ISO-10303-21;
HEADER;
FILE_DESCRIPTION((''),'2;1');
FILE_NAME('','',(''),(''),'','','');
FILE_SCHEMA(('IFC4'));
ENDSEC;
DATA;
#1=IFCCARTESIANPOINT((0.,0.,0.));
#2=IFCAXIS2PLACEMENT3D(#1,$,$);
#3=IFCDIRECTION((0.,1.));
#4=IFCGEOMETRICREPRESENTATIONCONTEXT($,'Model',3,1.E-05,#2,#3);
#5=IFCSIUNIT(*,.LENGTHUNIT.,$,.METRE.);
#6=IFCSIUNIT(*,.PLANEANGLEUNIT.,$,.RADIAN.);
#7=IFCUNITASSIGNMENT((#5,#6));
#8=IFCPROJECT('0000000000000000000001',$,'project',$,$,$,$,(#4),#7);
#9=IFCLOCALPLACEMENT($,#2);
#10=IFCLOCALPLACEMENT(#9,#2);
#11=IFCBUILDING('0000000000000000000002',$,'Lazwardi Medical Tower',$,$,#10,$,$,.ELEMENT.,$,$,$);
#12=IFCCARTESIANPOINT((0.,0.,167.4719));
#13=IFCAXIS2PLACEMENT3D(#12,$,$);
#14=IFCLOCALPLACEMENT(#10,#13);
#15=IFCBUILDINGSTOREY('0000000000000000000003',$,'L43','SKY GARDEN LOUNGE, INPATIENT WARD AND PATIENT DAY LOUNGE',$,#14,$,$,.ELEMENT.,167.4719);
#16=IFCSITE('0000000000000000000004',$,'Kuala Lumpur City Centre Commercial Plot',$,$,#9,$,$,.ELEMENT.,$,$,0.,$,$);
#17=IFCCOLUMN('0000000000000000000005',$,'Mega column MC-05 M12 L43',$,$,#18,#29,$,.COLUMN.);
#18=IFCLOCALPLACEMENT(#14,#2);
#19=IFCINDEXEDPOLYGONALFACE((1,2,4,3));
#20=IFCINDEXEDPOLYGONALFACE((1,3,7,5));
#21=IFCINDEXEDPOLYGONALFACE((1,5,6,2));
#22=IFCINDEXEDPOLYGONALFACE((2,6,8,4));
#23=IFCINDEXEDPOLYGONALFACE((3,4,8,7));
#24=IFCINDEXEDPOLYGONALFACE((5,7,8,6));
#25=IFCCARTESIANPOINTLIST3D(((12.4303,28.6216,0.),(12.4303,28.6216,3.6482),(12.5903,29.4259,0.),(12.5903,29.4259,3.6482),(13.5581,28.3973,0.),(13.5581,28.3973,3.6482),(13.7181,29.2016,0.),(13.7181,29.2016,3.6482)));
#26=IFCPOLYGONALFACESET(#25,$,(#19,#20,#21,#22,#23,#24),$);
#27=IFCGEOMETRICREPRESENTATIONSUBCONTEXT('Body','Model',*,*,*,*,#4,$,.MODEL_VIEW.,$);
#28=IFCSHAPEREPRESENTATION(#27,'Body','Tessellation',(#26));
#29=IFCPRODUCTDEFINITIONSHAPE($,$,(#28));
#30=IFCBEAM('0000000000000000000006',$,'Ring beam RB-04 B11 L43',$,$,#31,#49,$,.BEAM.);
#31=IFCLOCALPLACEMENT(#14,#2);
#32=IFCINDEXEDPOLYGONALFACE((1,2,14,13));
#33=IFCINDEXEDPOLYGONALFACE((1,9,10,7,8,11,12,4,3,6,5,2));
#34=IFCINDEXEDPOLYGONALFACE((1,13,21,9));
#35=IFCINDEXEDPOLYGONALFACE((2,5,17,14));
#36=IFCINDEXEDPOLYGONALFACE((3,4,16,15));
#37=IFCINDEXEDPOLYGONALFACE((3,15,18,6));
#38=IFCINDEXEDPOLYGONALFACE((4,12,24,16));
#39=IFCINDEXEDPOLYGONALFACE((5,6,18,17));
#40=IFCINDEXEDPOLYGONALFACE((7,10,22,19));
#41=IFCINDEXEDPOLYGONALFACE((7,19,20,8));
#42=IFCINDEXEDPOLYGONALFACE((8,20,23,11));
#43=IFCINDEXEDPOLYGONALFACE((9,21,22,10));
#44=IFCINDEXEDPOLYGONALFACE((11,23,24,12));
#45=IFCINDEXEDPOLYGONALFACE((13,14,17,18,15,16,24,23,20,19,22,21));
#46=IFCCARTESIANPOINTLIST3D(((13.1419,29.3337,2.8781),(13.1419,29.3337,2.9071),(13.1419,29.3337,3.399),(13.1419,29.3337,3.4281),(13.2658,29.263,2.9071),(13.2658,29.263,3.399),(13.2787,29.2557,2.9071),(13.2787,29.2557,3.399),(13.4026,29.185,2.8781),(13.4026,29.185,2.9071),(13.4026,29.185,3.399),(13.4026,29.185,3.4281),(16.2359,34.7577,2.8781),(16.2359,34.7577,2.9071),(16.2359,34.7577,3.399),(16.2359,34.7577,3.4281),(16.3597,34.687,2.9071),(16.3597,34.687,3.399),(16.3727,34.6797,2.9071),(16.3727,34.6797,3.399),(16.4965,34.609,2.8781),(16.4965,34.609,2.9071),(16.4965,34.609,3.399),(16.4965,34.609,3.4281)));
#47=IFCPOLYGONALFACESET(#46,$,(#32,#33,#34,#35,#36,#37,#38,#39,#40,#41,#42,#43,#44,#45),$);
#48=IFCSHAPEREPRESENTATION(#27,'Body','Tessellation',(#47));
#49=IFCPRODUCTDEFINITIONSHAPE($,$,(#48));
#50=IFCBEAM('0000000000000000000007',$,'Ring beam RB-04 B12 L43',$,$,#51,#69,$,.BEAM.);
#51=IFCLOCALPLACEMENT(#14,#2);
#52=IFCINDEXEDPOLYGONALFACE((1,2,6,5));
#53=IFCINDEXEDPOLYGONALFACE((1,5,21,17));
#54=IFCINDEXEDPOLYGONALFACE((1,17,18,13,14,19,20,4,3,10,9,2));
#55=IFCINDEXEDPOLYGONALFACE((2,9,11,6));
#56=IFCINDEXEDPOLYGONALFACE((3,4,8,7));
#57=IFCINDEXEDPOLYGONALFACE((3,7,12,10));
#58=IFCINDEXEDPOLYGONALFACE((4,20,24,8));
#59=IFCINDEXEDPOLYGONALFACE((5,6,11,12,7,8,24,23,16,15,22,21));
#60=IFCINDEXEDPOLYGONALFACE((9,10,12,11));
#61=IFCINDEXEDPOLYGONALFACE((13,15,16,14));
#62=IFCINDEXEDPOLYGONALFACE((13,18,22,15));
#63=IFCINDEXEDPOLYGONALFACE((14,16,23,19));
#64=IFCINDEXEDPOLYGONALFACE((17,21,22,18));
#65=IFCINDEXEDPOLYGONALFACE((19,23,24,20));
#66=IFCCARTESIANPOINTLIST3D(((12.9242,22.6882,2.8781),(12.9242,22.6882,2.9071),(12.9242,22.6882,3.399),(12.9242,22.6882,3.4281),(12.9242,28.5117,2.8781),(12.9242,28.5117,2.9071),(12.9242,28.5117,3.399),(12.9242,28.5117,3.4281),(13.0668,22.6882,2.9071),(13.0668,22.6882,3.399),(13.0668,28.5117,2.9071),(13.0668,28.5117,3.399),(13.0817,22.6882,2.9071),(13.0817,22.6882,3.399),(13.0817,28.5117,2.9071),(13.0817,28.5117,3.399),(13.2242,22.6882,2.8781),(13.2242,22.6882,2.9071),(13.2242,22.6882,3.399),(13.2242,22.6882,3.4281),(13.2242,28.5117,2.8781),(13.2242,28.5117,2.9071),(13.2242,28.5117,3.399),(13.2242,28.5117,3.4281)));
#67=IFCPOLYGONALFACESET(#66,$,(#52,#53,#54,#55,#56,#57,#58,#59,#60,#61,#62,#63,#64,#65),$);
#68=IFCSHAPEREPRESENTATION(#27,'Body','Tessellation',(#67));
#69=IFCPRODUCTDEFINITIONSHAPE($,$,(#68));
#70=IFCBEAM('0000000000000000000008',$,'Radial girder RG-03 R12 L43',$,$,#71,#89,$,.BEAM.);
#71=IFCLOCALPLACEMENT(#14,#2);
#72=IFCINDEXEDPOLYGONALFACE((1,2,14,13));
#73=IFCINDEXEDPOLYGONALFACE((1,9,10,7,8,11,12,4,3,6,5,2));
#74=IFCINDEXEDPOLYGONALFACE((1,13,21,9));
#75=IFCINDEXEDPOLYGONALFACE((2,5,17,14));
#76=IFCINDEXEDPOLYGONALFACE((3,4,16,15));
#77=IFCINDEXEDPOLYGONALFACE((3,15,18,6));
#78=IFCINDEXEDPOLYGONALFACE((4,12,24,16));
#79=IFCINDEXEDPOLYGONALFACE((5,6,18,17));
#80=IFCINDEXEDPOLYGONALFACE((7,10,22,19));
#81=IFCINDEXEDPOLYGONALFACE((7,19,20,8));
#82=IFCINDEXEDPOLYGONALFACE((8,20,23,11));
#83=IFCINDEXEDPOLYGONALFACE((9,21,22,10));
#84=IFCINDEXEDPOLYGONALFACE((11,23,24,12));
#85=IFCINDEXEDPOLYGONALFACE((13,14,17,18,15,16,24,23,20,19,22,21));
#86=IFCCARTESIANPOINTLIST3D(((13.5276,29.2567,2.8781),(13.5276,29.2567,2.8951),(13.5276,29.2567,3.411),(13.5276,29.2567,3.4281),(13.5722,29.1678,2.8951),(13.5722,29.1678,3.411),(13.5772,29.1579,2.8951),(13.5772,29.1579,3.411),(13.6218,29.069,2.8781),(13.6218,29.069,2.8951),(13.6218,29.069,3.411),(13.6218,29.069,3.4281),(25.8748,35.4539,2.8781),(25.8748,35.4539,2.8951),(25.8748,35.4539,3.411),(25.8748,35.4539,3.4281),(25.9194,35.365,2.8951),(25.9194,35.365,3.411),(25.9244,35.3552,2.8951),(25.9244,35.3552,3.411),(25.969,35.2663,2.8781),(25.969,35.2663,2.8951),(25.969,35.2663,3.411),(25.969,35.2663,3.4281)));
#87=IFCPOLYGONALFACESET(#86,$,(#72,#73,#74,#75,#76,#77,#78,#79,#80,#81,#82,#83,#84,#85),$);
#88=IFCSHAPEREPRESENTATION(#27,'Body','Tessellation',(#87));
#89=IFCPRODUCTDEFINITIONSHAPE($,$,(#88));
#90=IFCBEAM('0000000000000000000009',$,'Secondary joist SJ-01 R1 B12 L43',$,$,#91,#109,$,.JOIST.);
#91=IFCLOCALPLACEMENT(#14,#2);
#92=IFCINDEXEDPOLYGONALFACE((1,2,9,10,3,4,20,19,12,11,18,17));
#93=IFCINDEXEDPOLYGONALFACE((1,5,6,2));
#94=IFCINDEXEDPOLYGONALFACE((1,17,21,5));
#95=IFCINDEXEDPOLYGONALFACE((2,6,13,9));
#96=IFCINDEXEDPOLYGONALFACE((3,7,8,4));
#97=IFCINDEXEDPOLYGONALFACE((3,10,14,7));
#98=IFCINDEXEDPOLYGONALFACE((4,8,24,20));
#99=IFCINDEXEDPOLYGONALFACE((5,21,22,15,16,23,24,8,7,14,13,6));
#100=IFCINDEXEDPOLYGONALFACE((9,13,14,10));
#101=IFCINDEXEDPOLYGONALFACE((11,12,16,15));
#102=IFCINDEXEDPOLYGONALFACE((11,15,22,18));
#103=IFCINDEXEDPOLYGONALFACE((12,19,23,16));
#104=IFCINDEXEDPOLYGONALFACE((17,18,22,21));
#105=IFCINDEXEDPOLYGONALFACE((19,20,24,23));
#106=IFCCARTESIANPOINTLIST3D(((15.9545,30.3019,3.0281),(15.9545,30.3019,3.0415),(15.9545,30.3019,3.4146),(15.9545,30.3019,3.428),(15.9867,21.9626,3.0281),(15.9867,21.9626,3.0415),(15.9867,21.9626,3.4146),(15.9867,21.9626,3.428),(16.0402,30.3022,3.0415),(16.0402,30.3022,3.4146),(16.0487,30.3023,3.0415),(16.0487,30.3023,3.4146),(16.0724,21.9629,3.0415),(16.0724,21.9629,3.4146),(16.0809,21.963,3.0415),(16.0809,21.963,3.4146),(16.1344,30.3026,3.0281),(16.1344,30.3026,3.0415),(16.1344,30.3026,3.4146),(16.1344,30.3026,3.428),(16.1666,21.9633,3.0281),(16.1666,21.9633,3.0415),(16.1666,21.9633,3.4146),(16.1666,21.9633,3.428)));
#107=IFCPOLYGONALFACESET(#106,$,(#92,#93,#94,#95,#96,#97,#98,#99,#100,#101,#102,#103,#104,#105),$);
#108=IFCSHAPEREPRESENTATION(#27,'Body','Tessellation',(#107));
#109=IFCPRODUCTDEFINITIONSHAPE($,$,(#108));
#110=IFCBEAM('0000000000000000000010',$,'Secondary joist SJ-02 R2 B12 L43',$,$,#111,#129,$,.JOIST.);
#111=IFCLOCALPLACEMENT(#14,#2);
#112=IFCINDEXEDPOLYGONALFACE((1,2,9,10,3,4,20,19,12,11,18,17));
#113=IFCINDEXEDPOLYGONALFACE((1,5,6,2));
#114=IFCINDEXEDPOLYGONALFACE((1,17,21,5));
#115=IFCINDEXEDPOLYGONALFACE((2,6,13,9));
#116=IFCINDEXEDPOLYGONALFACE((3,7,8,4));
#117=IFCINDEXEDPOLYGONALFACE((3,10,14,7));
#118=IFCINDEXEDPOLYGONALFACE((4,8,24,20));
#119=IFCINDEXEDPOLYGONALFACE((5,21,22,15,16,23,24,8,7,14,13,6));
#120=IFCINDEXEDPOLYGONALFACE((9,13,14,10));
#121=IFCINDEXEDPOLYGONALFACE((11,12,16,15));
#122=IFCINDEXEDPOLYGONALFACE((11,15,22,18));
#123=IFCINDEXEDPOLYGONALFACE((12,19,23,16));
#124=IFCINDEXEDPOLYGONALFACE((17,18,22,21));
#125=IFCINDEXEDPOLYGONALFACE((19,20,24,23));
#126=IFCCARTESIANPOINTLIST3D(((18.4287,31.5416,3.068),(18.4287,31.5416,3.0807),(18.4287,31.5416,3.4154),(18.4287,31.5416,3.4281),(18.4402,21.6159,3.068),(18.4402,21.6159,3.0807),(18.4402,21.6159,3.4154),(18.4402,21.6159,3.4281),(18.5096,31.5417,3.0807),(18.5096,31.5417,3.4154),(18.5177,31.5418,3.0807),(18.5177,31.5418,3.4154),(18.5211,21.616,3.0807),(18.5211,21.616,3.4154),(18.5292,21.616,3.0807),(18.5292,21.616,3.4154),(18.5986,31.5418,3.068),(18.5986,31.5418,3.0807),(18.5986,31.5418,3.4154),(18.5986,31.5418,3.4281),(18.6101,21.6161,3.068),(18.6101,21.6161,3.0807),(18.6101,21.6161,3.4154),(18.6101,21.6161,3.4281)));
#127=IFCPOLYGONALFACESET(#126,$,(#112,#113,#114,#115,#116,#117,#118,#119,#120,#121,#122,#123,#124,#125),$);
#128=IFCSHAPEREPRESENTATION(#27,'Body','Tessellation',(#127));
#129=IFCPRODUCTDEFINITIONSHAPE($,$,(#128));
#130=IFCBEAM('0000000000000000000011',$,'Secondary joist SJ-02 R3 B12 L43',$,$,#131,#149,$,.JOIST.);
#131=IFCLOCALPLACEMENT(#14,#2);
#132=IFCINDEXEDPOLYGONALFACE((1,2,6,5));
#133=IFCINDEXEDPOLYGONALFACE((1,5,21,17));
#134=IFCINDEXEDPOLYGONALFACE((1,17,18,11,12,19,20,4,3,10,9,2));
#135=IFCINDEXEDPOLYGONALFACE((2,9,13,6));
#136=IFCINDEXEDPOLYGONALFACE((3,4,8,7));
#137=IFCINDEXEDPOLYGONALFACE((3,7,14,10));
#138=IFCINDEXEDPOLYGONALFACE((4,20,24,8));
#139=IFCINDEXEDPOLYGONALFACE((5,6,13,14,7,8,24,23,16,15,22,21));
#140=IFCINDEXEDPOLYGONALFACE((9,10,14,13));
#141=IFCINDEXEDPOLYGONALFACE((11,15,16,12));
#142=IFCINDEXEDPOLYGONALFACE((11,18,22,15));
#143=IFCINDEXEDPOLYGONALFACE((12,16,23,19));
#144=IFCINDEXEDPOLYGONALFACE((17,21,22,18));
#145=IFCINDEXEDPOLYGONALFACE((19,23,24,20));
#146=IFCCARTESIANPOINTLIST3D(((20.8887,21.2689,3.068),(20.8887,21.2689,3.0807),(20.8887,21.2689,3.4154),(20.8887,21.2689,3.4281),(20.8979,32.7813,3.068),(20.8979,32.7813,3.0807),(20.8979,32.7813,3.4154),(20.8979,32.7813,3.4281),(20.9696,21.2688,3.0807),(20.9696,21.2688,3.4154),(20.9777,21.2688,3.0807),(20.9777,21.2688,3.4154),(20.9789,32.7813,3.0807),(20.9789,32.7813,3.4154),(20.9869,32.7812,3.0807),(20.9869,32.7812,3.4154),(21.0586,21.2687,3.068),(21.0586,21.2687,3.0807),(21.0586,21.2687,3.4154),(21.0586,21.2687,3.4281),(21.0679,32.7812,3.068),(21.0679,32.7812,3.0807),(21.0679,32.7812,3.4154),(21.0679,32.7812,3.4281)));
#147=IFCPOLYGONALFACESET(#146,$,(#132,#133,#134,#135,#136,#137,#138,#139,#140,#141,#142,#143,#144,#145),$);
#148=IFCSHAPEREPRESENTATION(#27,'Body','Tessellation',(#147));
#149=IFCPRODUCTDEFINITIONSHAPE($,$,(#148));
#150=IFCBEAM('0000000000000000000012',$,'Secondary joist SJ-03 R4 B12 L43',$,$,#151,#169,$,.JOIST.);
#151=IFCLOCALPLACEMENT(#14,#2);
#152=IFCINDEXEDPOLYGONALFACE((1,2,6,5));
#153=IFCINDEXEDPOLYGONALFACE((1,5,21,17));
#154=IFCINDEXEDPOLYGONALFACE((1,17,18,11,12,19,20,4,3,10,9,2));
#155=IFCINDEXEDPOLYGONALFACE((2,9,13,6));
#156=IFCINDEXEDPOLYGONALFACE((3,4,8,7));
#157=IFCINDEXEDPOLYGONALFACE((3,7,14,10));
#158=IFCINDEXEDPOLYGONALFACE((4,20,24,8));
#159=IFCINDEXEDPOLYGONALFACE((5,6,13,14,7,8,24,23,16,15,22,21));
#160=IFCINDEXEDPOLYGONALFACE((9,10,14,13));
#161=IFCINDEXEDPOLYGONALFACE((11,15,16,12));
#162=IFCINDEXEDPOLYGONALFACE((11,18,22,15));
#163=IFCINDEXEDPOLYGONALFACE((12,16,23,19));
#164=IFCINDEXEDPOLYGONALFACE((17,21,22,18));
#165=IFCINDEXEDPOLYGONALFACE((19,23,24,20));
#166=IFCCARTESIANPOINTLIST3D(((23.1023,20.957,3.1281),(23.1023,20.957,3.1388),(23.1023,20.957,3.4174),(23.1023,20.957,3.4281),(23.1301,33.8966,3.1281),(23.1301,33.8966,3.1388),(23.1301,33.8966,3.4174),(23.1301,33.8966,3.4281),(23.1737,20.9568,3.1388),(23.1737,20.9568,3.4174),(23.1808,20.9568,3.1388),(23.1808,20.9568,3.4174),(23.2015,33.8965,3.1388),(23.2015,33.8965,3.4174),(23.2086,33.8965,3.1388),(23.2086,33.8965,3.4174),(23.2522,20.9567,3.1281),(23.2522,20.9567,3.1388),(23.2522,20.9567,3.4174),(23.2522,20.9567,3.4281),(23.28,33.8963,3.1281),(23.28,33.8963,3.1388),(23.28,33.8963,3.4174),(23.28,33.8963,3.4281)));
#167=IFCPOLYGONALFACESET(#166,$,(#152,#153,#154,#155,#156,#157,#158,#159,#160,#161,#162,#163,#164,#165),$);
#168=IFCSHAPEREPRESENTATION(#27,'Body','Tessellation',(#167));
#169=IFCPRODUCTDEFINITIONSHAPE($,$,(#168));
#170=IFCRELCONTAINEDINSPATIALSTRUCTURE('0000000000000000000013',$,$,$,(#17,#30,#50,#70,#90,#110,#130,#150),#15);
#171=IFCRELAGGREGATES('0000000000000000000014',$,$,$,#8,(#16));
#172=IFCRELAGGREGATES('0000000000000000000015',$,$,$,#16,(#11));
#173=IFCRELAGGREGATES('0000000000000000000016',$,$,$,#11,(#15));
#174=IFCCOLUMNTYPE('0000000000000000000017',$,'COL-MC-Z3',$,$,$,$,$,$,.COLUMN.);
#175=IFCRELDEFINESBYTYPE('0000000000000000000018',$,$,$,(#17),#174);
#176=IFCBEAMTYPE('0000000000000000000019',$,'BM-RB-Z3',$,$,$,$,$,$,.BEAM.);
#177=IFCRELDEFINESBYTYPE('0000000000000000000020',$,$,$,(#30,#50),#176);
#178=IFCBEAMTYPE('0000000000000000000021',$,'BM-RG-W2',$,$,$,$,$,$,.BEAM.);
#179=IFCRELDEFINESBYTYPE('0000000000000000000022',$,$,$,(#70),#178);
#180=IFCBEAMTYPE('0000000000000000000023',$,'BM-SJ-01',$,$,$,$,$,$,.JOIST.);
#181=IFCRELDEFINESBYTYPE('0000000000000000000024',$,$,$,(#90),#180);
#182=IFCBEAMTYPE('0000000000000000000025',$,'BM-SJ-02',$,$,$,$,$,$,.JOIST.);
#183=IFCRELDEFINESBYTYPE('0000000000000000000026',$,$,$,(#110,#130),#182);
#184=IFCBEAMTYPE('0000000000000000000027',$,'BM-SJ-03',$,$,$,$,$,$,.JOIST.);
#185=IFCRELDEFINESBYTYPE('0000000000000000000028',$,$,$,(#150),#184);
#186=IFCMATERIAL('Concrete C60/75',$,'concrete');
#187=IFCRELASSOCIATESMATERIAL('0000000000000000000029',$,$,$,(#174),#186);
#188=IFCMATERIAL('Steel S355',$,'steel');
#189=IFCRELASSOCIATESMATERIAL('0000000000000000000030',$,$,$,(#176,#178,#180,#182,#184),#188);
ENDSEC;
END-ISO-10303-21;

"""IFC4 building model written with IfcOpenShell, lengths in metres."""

from ifc_helpers import new_model, si_unit, direction, frame, origin, origin_2d, place, context, subcontext, project, spatial, rectangle, i_section, extrude, material, material_profile, profile_set, type_object, element, save


model = new_model("IFC4")

# Units and contexts
model_context = context("Model", 3, precision=1e-05, world=origin(), true_north=direction((0.0, 1.0)))
body_context = subcontext(model_context, "Body", "Model", "MODEL_VIEW")
ifc_project = project(units=[si_unit("LENGTHUNIT", "METRE"), si_unit("PLANEANGLEUNIT", "RADIAN")], contexts=[model_context])

# Site, building, storey
site_placement = place(None, origin())
site = spatial("IfcSite", under=ifc_project, at=site_placement, Name="Kuala Lumpur City Centre Commercial Plot", CompositionType="ELEMENT", RefElevation=0.0)
building_placement = place(site_placement, origin())
building = spatial("IfcBuilding", under=site, at=building_placement, Name="Lazwardi Medical Tower", CompositionType="ELEMENT")
storey_placement = place(building_placement, frame((0.0, 0.0, 167.4719)))
storey = spatial("IfcBuildingStorey", under=building, at=storey_placement, Name="L43", Description="SKY GARDEN LOUNGE, INPATIENT WARD AND PATIENT DAY LOUNGE", CompositionType="ELEMENT", Elevation=167.4719)

# Column
ifc_material_1 = material(Name="Concrete C60/75", Category="concrete")
ifc_material_profile_1 = material_profile(ifc_material_1, rectangle(XDim=1.1499, YDim=0.8201, at=origin_2d()), Name="CFT-RECT 1150x820")
ifc_profile_set_1 = profile_set([ifc_material_profile_1], Name="Concrete C60/75")
column_type = type_object("IfcColumnType", Name="COL-MC-Z3", PredefinedType="COLUMN", material=ifc_profile_set_1)
column_placement = place(storey_placement, frame((13.0742, 28.9116, 0.0), z_axis=(0.0, 0.0, 1.0), x_axis=(-0.980785, 0.19509, 0.0)))
element("IfcColumn", 1, at=column_placement, inside=storey, type_object=column_type, Name="Mega column MC-05 M12 L43", PredefinedType="COLUMN", context=body_context, shape_type="SweptSolid", body=[
    extrude(rectangle(XDim=1.1499, YDim=0.8201, at=origin_2d()), origin(), (0.0, 0.0, 1.0), 3.6482),
])

# Beams
ifc_material_2 = material(Name="Steel S355", Category="steel")
ifc_material_profile_2 = material_profile(ifc_material_2, i_section(OverallWidth=0.3, OverallDepth=0.55, WebThickness=0.0149, FlangeThickness=0.0291, at=origin_2d()), Name="HEB 550")
ifc_profile_set_2 = profile_set([ifc_material_profile_2], Name="Steel S355")
beam_type_1 = type_object("IfcBeamType", Name="BM-RB-Z3", PredefinedType="BEAM", material=ifc_profile_set_2)
beam_1_placement = place(storey_placement, frame((16.3662, 34.6833, 3.1531), z_axis=(-0.495478, -0.868621, 0.0), x_axis=(0.868621, -0.495478, 0.0)))
element("IfcBeam", 2, at=beam_1_placement, inside=storey, type_object=beam_type_1, Name="Ring beam RB-04 B11 L43", PredefinedType="BEAM", context=body_context, shape_type="SweptSolid", body=[
    extrude(i_section(OverallWidth=0.3, OverallDepth=0.55, WebThickness=0.0149, FlangeThickness=0.0291, at=origin_2d()), origin(), (0.0, 0.0, 1.0), 6.2444),
])
beam_2_placement = place(storey_placement, frame((13.0742, 28.5117, 3.1531), z_axis=(0.0, -1.0, 0.0), x_axis=(1.0, 0.0, 0.0)))
element("IfcBeam", 3, at=beam_2_placement, inside=storey, type_object=beam_type_1, Name="Ring beam RB-04 B12 L43", PredefinedType="BEAM", context=body_context, shape_type="SweptSolid", body=[
    extrude(i_section(OverallWidth=0.3, OverallDepth=0.55, WebThickness=0.0149, FlangeThickness=0.0291, at=origin_2d()), origin(), (0.0, 0.0, 1.0), 5.8235),
])
ifc_material_profile_3 = material_profile(ifc_material_2, i_section(OverallWidth=0.21, OverallDepth=0.55, WebThickness=0.011, FlangeThickness=0.0171, at=origin_2d()), Name="IPE 550")
ifc_profile_set_3 = profile_set([ifc_material_profile_3], Name="Steel S355")
beam_type_2 = type_object("IfcBeamType", Name="BM-RG-W2", PredefinedType="BEAM", material=ifc_profile_set_3)
beam_3_placement = place(storey_placement, frame((13.5747, 29.1628, 3.1531), z_axis=(0.89374, 0.448584, 0.0), x_axis=(-0.448584, 0.89374, 0.0)))
element("IfcBeam", 4, at=beam_3_placement, inside=storey, type_object=beam_type_2, Name="Radial girder RG-03 R12 L43", PredefinedType="BEAM", context=body_context, shape_type="SweptSolid", body=[
    extrude(i_section(OverallWidth=0.21, OverallDepth=0.55, WebThickness=0.011, FlangeThickness=0.0171, at=origin_2d()), origin(), (0.0, 0.0, 1.0), 13.8152),
])
ifc_material_profile_4 = material_profile(ifc_material_2, i_section(OverallWidth=0.1799, OverallDepth=0.3999, WebThickness=0.0085, FlangeThickness=0.0134, at=origin_2d()), Name="IPE 400")
ifc_profile_set_4 = profile_set([ifc_material_profile_4], Name="Steel S355")
beam_type_3 = type_object("IfcBeamType", Name="BM-SJ-01", PredefinedType="JOIST", material=ifc_profile_set_4)
beam_4_placement = place(storey_placement, frame((16.0444, 30.3022, 3.228), z_axis=(0.003864, -0.999993, 0.0), x_axis=(0.999993, 0.003864, 0.0)))
element("IfcBeam", 5, at=beam_4_placement, inside=storey, type_object=beam_type_3, Name="Secondary joist SJ-01 R1 B12 L43", PredefinedType="JOIST", context=body_context, shape_type="SweptSolid", body=[
    extrude(i_section(OverallWidth=0.1799, OverallDepth=0.3999, WebThickness=0.0085, FlangeThickness=0.0134, at=origin_2d()), origin(), (0.0, 0.0, 1.0), 8.3394),
])
ifc_material_profile_5 = material_profile(ifc_material_2, i_section(OverallWidth=0.1699, OverallDepth=0.3601, WebThickness=0.0081, FlangeThickness=0.0127, at=origin_2d()), Name="IPE 360")
ifc_profile_set_5 = profile_set([ifc_material_profile_5], Name="Steel S355")
beam_type_4 = type_object("IfcBeamType", Name="BM-SJ-02", PredefinedType="JOIST", material=ifc_profile_set_5)
beam_5_placement = place(storey_placement, frame((18.5137, 31.5417, 3.248), z_axis=(0.001156, -0.999999, 0.0), x_axis=(0.999999, 0.001156, 0.0)))
element("IfcBeam", 6, at=beam_5_placement, inside=storey, type_object=beam_type_4, Name="Secondary joist SJ-02 R2 B12 L43", PredefinedType="JOIST", context=body_context, shape_type="SweptSolid", body=[
    extrude(i_section(OverallWidth=0.1699, OverallDepth=0.3601, WebThickness=0.0081, FlangeThickness=0.0127, at=origin_2d()), origin(), (0.0, 0.0, 1.0), 9.9258),
])
beam_6_placement = place(storey_placement, frame((20.9829, 32.7812, 3.248), z_axis=(-0.000806, -1.0, 0.0), x_axis=(1.0, -0.000806, 0.0)))
element("IfcBeam", 7, at=beam_6_placement, inside=storey, type_object=beam_type_4, Name="Secondary joist SJ-02 R3 B12 L43", PredefinedType="JOIST", context=body_context, shape_type="SweptSolid", body=[
    extrude(i_section(OverallWidth=0.1699, OverallDepth=0.3601, WebThickness=0.0081, FlangeThickness=0.0127, at=origin_2d()), origin(), (0.0, 0.0, 1.0), 11.5125),
])
ifc_material_profile_6 = material_profile(ifc_material_2, i_section(OverallWidth=0.1499, OverallDepth=0.3, WebThickness=0.0071, FlangeThickness=0.0107, at=origin_2d()), Name="IPE 300")
ifc_profile_set_6 = profile_set([ifc_material_profile_6], Name="Steel S355")
beam_type_5 = type_object("IfcBeamType", Name="BM-SJ-03", PredefinedType="JOIST", material=ifc_profile_set_6)
beam_7_placement = place(storey_placement, frame((23.2051, 33.8965, 3.2781), z_axis=(-0.002151, -0.999998, 0.0), x_axis=(0.999998, -0.002151, 0.0)))
element("IfcBeam", 8, at=beam_7_placement, inside=storey, type_object=beam_type_5, Name="Secondary joist SJ-03 R4 B12 L43", PredefinedType="JOIST", context=body_context, shape_type="SweptSolid", body=[
    extrude(i_section(OverallWidth=0.1499, OverallDepth=0.3, WebThickness=0.0071, FlangeThickness=0.0107, at=origin_2d()), origin(), (0.0, 0.0, 1.0), 12.9397),
])

save(model, "model.ifc")
